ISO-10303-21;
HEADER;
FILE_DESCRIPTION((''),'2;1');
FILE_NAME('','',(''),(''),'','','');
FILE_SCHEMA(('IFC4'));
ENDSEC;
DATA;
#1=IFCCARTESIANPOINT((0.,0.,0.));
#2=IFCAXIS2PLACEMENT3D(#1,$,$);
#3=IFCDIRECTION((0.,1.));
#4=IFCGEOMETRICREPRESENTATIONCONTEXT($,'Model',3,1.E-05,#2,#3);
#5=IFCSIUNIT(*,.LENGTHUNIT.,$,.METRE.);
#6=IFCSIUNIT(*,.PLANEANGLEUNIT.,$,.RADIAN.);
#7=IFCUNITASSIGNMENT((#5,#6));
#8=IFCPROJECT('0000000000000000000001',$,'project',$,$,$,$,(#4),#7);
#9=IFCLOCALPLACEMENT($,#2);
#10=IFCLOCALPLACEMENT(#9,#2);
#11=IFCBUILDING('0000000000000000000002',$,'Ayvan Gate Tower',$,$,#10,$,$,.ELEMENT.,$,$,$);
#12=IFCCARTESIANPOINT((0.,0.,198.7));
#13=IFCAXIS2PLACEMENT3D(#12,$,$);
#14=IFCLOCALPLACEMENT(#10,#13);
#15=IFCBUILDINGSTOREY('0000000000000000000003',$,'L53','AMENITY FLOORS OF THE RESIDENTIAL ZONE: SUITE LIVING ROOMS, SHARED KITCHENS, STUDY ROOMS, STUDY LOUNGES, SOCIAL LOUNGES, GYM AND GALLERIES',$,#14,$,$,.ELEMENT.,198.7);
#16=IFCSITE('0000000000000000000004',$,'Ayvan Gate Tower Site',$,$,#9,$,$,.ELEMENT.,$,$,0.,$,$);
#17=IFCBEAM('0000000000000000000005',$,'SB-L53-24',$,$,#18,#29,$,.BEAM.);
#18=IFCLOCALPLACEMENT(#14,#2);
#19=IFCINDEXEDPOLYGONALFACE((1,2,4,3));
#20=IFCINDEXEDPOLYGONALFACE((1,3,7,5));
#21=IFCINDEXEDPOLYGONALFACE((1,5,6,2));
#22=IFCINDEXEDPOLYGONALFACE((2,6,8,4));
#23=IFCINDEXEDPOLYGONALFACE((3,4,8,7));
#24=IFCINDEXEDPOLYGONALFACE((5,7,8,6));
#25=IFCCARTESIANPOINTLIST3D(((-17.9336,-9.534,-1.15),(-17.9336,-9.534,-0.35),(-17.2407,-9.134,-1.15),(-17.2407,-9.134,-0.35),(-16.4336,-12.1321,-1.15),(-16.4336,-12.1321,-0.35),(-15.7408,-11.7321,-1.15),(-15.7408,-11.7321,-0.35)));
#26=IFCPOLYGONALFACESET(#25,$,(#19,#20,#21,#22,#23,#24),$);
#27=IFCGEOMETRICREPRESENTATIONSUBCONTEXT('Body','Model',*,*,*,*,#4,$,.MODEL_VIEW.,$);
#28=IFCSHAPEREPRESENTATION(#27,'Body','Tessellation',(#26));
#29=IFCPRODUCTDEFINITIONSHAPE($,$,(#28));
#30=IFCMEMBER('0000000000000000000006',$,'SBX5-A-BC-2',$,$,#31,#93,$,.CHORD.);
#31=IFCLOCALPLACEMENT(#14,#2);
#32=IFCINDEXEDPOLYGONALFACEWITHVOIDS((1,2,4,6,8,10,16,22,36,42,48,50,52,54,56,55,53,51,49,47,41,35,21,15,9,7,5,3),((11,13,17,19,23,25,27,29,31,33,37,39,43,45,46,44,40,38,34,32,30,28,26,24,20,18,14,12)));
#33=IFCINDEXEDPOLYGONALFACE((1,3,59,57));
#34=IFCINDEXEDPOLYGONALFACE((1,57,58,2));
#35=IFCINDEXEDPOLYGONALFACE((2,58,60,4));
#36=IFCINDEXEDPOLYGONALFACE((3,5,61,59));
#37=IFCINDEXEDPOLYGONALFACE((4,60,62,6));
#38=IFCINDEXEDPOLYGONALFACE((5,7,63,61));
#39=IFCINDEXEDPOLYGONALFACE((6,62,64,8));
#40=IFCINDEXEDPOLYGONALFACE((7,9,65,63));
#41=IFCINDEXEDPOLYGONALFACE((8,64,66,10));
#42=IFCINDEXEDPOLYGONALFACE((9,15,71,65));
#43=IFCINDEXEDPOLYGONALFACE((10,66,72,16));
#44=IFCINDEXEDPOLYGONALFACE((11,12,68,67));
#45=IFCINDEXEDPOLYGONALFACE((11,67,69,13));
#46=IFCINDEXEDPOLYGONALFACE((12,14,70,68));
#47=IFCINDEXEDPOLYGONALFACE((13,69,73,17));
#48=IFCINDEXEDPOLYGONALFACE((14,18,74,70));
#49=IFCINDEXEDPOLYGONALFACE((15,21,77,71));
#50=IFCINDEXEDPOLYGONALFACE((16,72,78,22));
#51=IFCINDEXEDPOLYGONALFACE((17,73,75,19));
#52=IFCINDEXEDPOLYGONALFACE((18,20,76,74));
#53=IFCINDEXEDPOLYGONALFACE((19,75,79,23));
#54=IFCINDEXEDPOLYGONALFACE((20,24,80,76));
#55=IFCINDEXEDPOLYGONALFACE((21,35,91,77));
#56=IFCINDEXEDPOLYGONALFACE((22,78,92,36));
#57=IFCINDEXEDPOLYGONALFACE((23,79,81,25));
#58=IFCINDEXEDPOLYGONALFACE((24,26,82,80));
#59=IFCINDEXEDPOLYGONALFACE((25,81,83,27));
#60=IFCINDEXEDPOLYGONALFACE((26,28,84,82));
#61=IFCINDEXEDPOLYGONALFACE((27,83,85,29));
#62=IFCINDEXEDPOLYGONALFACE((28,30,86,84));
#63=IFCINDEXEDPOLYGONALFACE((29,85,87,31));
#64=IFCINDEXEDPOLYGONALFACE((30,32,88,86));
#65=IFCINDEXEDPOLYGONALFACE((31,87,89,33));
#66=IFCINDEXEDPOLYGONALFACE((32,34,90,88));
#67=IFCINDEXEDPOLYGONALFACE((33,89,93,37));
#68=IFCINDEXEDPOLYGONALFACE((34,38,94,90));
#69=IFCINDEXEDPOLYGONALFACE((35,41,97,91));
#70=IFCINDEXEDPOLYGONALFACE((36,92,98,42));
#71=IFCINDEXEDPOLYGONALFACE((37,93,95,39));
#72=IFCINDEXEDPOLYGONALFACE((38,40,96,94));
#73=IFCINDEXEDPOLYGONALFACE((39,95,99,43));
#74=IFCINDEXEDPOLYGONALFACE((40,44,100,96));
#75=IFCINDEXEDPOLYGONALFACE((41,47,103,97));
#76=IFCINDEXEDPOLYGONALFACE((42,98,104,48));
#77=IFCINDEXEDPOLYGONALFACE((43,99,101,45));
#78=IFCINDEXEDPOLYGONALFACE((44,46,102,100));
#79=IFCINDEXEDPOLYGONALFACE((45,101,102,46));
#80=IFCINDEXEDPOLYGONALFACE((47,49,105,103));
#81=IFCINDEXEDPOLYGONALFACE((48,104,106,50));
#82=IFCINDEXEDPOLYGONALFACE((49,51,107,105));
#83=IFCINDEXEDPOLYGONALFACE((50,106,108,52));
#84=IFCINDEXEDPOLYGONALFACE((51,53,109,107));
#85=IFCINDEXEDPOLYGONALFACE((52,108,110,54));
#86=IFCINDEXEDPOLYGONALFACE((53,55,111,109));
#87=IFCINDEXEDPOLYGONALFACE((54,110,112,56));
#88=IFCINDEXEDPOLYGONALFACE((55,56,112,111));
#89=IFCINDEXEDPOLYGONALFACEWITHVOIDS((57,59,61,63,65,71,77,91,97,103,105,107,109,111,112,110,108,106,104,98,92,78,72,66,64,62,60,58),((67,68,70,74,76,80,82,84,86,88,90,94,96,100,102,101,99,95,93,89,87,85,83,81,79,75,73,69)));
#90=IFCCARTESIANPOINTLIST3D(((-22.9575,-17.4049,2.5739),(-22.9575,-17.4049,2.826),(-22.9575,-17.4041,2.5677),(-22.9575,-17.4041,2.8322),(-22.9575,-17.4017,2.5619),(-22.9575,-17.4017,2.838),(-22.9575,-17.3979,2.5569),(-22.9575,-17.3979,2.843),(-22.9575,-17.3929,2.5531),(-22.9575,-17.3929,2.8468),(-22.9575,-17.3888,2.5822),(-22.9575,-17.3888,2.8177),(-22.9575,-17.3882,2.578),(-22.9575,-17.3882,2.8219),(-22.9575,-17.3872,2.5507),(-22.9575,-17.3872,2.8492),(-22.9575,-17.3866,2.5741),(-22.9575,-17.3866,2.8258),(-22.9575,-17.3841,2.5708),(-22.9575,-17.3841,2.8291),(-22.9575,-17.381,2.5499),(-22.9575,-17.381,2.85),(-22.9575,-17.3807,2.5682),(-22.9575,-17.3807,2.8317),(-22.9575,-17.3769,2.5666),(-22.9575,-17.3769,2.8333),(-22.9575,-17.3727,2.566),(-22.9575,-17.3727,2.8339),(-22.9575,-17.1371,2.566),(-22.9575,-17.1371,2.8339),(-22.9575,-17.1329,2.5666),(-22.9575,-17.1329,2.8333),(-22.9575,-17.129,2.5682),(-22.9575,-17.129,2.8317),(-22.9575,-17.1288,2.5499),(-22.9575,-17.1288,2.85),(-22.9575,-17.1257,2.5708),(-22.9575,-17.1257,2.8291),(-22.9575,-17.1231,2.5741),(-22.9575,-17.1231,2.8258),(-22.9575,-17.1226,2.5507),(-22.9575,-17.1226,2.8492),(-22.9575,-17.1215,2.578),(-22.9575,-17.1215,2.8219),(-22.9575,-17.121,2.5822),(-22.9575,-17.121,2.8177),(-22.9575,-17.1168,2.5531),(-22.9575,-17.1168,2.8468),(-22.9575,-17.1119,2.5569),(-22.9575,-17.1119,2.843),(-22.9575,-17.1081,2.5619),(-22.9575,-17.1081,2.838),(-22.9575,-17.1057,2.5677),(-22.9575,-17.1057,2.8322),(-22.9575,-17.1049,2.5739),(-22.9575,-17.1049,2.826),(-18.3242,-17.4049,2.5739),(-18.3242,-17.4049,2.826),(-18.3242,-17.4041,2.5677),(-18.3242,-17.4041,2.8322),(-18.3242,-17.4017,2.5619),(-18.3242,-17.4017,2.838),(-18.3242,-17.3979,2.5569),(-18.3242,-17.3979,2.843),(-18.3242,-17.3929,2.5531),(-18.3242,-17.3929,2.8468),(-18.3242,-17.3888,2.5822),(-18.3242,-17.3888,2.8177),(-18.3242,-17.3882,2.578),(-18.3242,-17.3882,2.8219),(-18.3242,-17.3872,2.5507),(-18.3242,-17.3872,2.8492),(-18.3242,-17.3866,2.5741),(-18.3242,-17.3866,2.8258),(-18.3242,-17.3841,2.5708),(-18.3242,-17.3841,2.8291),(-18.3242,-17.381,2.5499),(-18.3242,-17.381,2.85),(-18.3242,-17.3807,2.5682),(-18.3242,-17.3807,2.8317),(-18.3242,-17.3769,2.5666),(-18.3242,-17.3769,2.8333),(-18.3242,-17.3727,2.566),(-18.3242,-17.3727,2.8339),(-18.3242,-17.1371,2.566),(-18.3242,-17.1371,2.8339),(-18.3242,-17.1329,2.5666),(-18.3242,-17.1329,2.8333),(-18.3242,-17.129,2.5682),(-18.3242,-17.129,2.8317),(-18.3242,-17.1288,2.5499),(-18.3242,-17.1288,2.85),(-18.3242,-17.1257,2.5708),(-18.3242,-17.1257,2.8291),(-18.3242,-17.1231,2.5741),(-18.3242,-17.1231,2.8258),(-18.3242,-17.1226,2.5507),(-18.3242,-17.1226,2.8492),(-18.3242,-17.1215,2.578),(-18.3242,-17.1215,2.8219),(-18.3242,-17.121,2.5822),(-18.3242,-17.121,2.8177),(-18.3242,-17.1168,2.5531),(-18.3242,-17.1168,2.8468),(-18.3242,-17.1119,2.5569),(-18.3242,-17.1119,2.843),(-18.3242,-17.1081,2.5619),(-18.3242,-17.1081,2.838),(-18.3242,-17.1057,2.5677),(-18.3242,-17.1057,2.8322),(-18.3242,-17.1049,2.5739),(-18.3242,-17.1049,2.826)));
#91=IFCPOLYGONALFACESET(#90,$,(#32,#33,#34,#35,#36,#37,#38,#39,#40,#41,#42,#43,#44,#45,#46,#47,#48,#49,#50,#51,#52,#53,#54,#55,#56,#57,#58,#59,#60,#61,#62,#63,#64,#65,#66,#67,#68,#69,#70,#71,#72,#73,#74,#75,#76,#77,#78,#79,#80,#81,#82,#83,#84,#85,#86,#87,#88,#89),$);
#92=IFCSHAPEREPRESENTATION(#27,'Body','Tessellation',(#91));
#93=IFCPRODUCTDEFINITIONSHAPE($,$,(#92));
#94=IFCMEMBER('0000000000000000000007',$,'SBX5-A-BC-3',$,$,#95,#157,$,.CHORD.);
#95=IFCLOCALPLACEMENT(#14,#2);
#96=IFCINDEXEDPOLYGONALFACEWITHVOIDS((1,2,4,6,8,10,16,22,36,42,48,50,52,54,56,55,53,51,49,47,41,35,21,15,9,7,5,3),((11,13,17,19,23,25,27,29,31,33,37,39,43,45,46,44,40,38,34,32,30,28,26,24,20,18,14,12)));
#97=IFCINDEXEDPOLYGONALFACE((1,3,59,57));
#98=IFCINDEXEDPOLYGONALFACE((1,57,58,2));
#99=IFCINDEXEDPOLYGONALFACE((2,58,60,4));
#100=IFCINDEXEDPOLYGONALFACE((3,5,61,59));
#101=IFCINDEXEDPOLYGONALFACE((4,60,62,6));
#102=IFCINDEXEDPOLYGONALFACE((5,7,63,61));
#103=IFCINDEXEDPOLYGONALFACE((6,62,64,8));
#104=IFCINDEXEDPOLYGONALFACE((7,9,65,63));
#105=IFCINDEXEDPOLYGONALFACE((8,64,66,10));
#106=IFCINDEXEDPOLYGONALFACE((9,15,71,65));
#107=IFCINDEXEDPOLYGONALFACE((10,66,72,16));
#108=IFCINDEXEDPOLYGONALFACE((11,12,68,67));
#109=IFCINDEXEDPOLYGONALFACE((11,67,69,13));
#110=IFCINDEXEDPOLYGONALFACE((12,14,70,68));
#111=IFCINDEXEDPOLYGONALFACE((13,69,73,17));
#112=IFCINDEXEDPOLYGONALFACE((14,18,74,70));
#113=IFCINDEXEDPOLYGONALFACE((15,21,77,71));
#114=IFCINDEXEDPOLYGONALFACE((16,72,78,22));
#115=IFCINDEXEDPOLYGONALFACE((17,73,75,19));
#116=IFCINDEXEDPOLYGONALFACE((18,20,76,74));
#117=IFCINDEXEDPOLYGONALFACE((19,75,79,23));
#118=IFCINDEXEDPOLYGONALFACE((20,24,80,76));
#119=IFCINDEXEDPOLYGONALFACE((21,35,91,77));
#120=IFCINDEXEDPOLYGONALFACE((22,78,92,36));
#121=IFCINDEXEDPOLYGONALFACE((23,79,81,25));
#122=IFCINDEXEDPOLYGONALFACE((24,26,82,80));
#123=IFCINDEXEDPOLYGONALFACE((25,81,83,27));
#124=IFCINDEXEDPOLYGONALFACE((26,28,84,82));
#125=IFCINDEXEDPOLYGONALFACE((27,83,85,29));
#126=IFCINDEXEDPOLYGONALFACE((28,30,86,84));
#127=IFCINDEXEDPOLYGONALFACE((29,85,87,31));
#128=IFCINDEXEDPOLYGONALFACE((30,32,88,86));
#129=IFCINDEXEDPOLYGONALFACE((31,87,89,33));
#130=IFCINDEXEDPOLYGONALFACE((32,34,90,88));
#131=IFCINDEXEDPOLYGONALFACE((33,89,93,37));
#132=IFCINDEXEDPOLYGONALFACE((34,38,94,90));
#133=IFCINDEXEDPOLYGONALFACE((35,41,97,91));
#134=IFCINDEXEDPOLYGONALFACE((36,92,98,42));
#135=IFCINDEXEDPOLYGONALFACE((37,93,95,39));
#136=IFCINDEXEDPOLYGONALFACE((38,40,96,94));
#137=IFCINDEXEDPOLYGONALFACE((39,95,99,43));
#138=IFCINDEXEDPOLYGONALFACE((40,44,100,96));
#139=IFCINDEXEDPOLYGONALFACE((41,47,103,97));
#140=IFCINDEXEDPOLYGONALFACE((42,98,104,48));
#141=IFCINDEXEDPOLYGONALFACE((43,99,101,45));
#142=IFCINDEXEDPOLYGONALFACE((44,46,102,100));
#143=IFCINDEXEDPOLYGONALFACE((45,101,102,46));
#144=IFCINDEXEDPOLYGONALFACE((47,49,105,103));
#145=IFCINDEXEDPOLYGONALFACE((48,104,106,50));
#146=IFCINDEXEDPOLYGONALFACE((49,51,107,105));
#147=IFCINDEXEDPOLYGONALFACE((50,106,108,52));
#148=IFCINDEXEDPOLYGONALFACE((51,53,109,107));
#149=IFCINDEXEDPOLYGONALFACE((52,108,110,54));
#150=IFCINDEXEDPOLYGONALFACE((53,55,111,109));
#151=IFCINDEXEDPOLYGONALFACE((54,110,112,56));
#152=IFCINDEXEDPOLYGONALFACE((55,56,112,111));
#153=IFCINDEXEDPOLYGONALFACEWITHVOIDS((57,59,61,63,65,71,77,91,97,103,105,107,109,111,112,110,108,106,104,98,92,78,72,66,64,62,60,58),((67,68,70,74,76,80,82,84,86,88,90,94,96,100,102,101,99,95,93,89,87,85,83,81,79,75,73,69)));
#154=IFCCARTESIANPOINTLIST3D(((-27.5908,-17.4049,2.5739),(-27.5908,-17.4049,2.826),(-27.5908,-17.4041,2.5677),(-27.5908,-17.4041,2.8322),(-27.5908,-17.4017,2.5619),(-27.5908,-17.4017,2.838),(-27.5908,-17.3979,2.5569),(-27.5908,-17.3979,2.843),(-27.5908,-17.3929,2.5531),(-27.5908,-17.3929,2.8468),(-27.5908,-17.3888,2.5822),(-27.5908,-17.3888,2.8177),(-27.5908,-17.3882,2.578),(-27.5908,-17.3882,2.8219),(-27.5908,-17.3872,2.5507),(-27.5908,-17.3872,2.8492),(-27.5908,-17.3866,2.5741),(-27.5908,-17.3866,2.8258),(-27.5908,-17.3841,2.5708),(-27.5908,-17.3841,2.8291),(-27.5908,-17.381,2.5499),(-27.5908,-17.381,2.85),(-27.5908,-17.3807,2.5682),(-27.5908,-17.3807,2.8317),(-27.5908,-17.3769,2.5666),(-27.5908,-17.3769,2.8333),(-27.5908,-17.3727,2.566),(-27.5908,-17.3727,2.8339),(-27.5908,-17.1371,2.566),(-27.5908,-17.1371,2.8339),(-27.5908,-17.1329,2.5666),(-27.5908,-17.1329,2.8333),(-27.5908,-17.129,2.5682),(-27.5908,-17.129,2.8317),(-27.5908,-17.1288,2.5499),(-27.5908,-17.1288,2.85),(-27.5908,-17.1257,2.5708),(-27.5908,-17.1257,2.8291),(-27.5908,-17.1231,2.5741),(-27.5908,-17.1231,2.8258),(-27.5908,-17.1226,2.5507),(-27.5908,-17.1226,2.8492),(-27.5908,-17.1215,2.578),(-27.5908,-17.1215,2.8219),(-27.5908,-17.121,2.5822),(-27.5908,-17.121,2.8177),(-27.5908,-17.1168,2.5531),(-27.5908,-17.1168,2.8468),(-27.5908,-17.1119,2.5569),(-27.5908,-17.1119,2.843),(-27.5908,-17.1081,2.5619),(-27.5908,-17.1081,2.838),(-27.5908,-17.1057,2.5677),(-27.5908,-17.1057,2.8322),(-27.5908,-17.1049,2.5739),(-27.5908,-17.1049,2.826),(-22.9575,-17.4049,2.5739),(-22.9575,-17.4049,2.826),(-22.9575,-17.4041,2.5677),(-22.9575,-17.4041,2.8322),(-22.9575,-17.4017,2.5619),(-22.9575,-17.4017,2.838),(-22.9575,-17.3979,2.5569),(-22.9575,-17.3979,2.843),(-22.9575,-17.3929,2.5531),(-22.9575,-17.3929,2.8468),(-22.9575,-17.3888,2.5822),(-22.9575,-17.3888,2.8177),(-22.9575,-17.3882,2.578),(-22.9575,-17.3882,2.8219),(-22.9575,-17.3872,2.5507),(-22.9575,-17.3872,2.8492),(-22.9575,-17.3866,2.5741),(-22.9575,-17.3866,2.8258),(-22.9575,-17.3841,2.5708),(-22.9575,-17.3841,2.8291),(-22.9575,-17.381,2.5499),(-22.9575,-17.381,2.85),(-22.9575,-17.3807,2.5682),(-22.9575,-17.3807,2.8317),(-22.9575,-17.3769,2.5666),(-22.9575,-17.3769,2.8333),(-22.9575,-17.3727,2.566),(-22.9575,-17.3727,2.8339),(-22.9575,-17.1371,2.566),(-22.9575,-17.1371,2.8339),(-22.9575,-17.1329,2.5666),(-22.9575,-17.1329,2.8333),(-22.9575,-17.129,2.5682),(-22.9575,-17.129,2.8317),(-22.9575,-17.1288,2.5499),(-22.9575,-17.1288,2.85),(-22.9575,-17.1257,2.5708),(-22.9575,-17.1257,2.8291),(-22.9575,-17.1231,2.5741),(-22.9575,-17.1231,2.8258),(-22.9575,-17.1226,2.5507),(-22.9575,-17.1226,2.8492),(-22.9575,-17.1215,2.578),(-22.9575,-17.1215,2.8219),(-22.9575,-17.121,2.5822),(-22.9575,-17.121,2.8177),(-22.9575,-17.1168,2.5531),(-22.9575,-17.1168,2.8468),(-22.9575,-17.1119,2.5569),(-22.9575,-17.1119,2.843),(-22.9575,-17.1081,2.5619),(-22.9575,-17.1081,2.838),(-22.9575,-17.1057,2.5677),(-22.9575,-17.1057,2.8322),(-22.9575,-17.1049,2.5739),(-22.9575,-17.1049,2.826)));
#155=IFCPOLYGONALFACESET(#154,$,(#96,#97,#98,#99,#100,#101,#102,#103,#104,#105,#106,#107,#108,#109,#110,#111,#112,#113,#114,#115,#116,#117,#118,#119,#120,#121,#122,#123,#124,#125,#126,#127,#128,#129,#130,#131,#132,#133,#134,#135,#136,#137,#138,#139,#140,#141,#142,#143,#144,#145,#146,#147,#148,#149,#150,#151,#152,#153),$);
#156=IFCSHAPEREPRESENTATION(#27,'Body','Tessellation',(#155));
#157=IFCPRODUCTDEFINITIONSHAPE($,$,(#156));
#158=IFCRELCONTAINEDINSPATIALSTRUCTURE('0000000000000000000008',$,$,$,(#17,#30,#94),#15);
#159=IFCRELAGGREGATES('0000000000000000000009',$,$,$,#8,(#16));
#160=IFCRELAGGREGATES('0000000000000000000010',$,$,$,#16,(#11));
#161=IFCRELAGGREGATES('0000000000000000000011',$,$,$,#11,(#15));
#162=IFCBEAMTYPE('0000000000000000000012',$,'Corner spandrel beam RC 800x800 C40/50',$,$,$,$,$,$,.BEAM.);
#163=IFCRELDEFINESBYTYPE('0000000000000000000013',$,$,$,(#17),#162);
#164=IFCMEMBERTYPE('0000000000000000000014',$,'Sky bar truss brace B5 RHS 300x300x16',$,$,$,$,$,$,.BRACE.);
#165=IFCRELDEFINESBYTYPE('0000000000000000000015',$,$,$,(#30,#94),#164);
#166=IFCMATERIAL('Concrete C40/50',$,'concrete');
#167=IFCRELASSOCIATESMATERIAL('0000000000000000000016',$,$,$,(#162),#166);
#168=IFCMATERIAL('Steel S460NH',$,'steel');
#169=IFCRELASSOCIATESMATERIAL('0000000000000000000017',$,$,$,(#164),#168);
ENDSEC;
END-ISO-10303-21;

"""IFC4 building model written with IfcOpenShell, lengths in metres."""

from ifc_helpers import new_model, si_unit, direction, frame, origin, origin_2d, place, context, subcontext, project, spatial, rectangle, hollow_rectangle, extrude, material, material_profile, profile_set, type_object, element, save


model = new_model("IFC4")

# Units and contexts
model_context = context("Model", 3, precision=1e-05, world=origin(), true_north=direction((0.0, 1.0)))
body_context = subcontext(model_context, "Body", "Model", "MODEL_VIEW")
ifc_project = project(units=[si_unit("LENGTHUNIT", "METRE"), si_unit("PLANEANGLEUNIT", "RADIAN")], contexts=[model_context])

# Site, building, storey
site_placement = place(None, origin())
site = spatial("IfcSite", under=ifc_project, at=site_placement, Name="Ayvan Gate Tower Site", CompositionType="ELEMENT", RefElevation=0.0)
building_placement = place(site_placement, origin())
building = spatial("IfcBuilding", under=site, at=building_placement, Name="Ayvan Gate Tower", CompositionType="ELEMENT")
storey_placement = place(building_placement, frame((0.0, 0.0, 198.7)))
storey = spatial("IfcBuildingStorey", under=building, at=storey_placement, Name="L53", Description="AMENITY FLOORS OF THE RESIDENTIAL ZONE: SUITE LIVING ROOMS, SHARED KITCHENS, STUDY ROOMS, STUDY LOUNGES, SOCIAL LOUNGES, GYM AND GALLERIES", CompositionType="ELEMENT", Elevation=198.7)

# Beam
ifc_material_1 = material(Name="Concrete C40/50", Category="concrete")
ifc_material_profile_1 = material_profile(ifc_material_1, rectangle(XDim=0.8, YDim=0.8, at=origin_2d()), Name="RC 800x800")
ifc_profile_set_1 = profile_set([ifc_material_profile_1], Name="Concrete C40/50")
beam_type_1 = type_object("IfcBeamType", Name="Corner spandrel beam RC 800x800 C40/50", PredefinedType="BEAM", material=ifc_profile_set_1)
beam_1_placement = place(storey_placement, frame((-17.5872, -9.334, -0.75), z_axis=(0.49999, -0.866031, 0.0), x_axis=(0.866031, 0.49999, 0.0)))
element("IfcBeam", 1, at=beam_1_placement, inside=storey, type_object=beam_type_1, Name="SB-L53-24", PredefinedType="BEAM", context=body_context, shape_type="SweptSolid", body=[
    extrude(rectangle(XDim=0.8, YDim=0.8, at=origin_2d()), origin(), (0.0, 0.0, 1.0), 3.0),
])

# Members
ifc_material_2 = material(Name="Steel S460NH", Category="steel")
ifc_material_profile_2 = material_profile(ifc_material_2, hollow_rectangle(XDim=0.3, YDim=0.3, WallThickness=0.0161, InnerFilletRadius=0.0161, OuterFilletRadius=0.0239, at=origin_2d()), Name="RHS 300x300x16")
ifc_profile_set_2 = profile_set([ifc_material_profile_2], Name="Steel S460NH")
member_type_1 = type_object("IfcMemberType", Name="Sky bar truss brace B5 RHS 300x300x16", PredefinedType="BRACE", material=ifc_profile_set_2)
for number, where, z_axis, x_axis, name in (
    (2, (-18.3242, -17.2549, 2.7), (-1.0, 0.0, 0.0), (0.0, -1.0, 0.0), "SBX5-A-BC-2"),
    (3, (-22.9575, -17.2549, 2.7), (-1.0, 0.0, 0.0), (0.0, -1.0, 0.0), "SBX5-A-BC-3"),
):
    element("IfcMember", number, at=place(storey_placement, frame(where, z_axis=z_axis, x_axis=x_axis)), inside=storey, type_object=member_type_1, Name=name, PredefinedType="CHORD", context=body_context, shape_type="SweptSolid", body=[
        extrude(hollow_rectangle(XDim=0.3, YDim=0.3, WallThickness=0.0161, InnerFilletRadius=0.0161, OuterFilletRadius=0.0239, at=origin_2d()), origin(), (0.0, 0.0, 1.0), 4.6333),
    ])

save(model, "model.ifc")
